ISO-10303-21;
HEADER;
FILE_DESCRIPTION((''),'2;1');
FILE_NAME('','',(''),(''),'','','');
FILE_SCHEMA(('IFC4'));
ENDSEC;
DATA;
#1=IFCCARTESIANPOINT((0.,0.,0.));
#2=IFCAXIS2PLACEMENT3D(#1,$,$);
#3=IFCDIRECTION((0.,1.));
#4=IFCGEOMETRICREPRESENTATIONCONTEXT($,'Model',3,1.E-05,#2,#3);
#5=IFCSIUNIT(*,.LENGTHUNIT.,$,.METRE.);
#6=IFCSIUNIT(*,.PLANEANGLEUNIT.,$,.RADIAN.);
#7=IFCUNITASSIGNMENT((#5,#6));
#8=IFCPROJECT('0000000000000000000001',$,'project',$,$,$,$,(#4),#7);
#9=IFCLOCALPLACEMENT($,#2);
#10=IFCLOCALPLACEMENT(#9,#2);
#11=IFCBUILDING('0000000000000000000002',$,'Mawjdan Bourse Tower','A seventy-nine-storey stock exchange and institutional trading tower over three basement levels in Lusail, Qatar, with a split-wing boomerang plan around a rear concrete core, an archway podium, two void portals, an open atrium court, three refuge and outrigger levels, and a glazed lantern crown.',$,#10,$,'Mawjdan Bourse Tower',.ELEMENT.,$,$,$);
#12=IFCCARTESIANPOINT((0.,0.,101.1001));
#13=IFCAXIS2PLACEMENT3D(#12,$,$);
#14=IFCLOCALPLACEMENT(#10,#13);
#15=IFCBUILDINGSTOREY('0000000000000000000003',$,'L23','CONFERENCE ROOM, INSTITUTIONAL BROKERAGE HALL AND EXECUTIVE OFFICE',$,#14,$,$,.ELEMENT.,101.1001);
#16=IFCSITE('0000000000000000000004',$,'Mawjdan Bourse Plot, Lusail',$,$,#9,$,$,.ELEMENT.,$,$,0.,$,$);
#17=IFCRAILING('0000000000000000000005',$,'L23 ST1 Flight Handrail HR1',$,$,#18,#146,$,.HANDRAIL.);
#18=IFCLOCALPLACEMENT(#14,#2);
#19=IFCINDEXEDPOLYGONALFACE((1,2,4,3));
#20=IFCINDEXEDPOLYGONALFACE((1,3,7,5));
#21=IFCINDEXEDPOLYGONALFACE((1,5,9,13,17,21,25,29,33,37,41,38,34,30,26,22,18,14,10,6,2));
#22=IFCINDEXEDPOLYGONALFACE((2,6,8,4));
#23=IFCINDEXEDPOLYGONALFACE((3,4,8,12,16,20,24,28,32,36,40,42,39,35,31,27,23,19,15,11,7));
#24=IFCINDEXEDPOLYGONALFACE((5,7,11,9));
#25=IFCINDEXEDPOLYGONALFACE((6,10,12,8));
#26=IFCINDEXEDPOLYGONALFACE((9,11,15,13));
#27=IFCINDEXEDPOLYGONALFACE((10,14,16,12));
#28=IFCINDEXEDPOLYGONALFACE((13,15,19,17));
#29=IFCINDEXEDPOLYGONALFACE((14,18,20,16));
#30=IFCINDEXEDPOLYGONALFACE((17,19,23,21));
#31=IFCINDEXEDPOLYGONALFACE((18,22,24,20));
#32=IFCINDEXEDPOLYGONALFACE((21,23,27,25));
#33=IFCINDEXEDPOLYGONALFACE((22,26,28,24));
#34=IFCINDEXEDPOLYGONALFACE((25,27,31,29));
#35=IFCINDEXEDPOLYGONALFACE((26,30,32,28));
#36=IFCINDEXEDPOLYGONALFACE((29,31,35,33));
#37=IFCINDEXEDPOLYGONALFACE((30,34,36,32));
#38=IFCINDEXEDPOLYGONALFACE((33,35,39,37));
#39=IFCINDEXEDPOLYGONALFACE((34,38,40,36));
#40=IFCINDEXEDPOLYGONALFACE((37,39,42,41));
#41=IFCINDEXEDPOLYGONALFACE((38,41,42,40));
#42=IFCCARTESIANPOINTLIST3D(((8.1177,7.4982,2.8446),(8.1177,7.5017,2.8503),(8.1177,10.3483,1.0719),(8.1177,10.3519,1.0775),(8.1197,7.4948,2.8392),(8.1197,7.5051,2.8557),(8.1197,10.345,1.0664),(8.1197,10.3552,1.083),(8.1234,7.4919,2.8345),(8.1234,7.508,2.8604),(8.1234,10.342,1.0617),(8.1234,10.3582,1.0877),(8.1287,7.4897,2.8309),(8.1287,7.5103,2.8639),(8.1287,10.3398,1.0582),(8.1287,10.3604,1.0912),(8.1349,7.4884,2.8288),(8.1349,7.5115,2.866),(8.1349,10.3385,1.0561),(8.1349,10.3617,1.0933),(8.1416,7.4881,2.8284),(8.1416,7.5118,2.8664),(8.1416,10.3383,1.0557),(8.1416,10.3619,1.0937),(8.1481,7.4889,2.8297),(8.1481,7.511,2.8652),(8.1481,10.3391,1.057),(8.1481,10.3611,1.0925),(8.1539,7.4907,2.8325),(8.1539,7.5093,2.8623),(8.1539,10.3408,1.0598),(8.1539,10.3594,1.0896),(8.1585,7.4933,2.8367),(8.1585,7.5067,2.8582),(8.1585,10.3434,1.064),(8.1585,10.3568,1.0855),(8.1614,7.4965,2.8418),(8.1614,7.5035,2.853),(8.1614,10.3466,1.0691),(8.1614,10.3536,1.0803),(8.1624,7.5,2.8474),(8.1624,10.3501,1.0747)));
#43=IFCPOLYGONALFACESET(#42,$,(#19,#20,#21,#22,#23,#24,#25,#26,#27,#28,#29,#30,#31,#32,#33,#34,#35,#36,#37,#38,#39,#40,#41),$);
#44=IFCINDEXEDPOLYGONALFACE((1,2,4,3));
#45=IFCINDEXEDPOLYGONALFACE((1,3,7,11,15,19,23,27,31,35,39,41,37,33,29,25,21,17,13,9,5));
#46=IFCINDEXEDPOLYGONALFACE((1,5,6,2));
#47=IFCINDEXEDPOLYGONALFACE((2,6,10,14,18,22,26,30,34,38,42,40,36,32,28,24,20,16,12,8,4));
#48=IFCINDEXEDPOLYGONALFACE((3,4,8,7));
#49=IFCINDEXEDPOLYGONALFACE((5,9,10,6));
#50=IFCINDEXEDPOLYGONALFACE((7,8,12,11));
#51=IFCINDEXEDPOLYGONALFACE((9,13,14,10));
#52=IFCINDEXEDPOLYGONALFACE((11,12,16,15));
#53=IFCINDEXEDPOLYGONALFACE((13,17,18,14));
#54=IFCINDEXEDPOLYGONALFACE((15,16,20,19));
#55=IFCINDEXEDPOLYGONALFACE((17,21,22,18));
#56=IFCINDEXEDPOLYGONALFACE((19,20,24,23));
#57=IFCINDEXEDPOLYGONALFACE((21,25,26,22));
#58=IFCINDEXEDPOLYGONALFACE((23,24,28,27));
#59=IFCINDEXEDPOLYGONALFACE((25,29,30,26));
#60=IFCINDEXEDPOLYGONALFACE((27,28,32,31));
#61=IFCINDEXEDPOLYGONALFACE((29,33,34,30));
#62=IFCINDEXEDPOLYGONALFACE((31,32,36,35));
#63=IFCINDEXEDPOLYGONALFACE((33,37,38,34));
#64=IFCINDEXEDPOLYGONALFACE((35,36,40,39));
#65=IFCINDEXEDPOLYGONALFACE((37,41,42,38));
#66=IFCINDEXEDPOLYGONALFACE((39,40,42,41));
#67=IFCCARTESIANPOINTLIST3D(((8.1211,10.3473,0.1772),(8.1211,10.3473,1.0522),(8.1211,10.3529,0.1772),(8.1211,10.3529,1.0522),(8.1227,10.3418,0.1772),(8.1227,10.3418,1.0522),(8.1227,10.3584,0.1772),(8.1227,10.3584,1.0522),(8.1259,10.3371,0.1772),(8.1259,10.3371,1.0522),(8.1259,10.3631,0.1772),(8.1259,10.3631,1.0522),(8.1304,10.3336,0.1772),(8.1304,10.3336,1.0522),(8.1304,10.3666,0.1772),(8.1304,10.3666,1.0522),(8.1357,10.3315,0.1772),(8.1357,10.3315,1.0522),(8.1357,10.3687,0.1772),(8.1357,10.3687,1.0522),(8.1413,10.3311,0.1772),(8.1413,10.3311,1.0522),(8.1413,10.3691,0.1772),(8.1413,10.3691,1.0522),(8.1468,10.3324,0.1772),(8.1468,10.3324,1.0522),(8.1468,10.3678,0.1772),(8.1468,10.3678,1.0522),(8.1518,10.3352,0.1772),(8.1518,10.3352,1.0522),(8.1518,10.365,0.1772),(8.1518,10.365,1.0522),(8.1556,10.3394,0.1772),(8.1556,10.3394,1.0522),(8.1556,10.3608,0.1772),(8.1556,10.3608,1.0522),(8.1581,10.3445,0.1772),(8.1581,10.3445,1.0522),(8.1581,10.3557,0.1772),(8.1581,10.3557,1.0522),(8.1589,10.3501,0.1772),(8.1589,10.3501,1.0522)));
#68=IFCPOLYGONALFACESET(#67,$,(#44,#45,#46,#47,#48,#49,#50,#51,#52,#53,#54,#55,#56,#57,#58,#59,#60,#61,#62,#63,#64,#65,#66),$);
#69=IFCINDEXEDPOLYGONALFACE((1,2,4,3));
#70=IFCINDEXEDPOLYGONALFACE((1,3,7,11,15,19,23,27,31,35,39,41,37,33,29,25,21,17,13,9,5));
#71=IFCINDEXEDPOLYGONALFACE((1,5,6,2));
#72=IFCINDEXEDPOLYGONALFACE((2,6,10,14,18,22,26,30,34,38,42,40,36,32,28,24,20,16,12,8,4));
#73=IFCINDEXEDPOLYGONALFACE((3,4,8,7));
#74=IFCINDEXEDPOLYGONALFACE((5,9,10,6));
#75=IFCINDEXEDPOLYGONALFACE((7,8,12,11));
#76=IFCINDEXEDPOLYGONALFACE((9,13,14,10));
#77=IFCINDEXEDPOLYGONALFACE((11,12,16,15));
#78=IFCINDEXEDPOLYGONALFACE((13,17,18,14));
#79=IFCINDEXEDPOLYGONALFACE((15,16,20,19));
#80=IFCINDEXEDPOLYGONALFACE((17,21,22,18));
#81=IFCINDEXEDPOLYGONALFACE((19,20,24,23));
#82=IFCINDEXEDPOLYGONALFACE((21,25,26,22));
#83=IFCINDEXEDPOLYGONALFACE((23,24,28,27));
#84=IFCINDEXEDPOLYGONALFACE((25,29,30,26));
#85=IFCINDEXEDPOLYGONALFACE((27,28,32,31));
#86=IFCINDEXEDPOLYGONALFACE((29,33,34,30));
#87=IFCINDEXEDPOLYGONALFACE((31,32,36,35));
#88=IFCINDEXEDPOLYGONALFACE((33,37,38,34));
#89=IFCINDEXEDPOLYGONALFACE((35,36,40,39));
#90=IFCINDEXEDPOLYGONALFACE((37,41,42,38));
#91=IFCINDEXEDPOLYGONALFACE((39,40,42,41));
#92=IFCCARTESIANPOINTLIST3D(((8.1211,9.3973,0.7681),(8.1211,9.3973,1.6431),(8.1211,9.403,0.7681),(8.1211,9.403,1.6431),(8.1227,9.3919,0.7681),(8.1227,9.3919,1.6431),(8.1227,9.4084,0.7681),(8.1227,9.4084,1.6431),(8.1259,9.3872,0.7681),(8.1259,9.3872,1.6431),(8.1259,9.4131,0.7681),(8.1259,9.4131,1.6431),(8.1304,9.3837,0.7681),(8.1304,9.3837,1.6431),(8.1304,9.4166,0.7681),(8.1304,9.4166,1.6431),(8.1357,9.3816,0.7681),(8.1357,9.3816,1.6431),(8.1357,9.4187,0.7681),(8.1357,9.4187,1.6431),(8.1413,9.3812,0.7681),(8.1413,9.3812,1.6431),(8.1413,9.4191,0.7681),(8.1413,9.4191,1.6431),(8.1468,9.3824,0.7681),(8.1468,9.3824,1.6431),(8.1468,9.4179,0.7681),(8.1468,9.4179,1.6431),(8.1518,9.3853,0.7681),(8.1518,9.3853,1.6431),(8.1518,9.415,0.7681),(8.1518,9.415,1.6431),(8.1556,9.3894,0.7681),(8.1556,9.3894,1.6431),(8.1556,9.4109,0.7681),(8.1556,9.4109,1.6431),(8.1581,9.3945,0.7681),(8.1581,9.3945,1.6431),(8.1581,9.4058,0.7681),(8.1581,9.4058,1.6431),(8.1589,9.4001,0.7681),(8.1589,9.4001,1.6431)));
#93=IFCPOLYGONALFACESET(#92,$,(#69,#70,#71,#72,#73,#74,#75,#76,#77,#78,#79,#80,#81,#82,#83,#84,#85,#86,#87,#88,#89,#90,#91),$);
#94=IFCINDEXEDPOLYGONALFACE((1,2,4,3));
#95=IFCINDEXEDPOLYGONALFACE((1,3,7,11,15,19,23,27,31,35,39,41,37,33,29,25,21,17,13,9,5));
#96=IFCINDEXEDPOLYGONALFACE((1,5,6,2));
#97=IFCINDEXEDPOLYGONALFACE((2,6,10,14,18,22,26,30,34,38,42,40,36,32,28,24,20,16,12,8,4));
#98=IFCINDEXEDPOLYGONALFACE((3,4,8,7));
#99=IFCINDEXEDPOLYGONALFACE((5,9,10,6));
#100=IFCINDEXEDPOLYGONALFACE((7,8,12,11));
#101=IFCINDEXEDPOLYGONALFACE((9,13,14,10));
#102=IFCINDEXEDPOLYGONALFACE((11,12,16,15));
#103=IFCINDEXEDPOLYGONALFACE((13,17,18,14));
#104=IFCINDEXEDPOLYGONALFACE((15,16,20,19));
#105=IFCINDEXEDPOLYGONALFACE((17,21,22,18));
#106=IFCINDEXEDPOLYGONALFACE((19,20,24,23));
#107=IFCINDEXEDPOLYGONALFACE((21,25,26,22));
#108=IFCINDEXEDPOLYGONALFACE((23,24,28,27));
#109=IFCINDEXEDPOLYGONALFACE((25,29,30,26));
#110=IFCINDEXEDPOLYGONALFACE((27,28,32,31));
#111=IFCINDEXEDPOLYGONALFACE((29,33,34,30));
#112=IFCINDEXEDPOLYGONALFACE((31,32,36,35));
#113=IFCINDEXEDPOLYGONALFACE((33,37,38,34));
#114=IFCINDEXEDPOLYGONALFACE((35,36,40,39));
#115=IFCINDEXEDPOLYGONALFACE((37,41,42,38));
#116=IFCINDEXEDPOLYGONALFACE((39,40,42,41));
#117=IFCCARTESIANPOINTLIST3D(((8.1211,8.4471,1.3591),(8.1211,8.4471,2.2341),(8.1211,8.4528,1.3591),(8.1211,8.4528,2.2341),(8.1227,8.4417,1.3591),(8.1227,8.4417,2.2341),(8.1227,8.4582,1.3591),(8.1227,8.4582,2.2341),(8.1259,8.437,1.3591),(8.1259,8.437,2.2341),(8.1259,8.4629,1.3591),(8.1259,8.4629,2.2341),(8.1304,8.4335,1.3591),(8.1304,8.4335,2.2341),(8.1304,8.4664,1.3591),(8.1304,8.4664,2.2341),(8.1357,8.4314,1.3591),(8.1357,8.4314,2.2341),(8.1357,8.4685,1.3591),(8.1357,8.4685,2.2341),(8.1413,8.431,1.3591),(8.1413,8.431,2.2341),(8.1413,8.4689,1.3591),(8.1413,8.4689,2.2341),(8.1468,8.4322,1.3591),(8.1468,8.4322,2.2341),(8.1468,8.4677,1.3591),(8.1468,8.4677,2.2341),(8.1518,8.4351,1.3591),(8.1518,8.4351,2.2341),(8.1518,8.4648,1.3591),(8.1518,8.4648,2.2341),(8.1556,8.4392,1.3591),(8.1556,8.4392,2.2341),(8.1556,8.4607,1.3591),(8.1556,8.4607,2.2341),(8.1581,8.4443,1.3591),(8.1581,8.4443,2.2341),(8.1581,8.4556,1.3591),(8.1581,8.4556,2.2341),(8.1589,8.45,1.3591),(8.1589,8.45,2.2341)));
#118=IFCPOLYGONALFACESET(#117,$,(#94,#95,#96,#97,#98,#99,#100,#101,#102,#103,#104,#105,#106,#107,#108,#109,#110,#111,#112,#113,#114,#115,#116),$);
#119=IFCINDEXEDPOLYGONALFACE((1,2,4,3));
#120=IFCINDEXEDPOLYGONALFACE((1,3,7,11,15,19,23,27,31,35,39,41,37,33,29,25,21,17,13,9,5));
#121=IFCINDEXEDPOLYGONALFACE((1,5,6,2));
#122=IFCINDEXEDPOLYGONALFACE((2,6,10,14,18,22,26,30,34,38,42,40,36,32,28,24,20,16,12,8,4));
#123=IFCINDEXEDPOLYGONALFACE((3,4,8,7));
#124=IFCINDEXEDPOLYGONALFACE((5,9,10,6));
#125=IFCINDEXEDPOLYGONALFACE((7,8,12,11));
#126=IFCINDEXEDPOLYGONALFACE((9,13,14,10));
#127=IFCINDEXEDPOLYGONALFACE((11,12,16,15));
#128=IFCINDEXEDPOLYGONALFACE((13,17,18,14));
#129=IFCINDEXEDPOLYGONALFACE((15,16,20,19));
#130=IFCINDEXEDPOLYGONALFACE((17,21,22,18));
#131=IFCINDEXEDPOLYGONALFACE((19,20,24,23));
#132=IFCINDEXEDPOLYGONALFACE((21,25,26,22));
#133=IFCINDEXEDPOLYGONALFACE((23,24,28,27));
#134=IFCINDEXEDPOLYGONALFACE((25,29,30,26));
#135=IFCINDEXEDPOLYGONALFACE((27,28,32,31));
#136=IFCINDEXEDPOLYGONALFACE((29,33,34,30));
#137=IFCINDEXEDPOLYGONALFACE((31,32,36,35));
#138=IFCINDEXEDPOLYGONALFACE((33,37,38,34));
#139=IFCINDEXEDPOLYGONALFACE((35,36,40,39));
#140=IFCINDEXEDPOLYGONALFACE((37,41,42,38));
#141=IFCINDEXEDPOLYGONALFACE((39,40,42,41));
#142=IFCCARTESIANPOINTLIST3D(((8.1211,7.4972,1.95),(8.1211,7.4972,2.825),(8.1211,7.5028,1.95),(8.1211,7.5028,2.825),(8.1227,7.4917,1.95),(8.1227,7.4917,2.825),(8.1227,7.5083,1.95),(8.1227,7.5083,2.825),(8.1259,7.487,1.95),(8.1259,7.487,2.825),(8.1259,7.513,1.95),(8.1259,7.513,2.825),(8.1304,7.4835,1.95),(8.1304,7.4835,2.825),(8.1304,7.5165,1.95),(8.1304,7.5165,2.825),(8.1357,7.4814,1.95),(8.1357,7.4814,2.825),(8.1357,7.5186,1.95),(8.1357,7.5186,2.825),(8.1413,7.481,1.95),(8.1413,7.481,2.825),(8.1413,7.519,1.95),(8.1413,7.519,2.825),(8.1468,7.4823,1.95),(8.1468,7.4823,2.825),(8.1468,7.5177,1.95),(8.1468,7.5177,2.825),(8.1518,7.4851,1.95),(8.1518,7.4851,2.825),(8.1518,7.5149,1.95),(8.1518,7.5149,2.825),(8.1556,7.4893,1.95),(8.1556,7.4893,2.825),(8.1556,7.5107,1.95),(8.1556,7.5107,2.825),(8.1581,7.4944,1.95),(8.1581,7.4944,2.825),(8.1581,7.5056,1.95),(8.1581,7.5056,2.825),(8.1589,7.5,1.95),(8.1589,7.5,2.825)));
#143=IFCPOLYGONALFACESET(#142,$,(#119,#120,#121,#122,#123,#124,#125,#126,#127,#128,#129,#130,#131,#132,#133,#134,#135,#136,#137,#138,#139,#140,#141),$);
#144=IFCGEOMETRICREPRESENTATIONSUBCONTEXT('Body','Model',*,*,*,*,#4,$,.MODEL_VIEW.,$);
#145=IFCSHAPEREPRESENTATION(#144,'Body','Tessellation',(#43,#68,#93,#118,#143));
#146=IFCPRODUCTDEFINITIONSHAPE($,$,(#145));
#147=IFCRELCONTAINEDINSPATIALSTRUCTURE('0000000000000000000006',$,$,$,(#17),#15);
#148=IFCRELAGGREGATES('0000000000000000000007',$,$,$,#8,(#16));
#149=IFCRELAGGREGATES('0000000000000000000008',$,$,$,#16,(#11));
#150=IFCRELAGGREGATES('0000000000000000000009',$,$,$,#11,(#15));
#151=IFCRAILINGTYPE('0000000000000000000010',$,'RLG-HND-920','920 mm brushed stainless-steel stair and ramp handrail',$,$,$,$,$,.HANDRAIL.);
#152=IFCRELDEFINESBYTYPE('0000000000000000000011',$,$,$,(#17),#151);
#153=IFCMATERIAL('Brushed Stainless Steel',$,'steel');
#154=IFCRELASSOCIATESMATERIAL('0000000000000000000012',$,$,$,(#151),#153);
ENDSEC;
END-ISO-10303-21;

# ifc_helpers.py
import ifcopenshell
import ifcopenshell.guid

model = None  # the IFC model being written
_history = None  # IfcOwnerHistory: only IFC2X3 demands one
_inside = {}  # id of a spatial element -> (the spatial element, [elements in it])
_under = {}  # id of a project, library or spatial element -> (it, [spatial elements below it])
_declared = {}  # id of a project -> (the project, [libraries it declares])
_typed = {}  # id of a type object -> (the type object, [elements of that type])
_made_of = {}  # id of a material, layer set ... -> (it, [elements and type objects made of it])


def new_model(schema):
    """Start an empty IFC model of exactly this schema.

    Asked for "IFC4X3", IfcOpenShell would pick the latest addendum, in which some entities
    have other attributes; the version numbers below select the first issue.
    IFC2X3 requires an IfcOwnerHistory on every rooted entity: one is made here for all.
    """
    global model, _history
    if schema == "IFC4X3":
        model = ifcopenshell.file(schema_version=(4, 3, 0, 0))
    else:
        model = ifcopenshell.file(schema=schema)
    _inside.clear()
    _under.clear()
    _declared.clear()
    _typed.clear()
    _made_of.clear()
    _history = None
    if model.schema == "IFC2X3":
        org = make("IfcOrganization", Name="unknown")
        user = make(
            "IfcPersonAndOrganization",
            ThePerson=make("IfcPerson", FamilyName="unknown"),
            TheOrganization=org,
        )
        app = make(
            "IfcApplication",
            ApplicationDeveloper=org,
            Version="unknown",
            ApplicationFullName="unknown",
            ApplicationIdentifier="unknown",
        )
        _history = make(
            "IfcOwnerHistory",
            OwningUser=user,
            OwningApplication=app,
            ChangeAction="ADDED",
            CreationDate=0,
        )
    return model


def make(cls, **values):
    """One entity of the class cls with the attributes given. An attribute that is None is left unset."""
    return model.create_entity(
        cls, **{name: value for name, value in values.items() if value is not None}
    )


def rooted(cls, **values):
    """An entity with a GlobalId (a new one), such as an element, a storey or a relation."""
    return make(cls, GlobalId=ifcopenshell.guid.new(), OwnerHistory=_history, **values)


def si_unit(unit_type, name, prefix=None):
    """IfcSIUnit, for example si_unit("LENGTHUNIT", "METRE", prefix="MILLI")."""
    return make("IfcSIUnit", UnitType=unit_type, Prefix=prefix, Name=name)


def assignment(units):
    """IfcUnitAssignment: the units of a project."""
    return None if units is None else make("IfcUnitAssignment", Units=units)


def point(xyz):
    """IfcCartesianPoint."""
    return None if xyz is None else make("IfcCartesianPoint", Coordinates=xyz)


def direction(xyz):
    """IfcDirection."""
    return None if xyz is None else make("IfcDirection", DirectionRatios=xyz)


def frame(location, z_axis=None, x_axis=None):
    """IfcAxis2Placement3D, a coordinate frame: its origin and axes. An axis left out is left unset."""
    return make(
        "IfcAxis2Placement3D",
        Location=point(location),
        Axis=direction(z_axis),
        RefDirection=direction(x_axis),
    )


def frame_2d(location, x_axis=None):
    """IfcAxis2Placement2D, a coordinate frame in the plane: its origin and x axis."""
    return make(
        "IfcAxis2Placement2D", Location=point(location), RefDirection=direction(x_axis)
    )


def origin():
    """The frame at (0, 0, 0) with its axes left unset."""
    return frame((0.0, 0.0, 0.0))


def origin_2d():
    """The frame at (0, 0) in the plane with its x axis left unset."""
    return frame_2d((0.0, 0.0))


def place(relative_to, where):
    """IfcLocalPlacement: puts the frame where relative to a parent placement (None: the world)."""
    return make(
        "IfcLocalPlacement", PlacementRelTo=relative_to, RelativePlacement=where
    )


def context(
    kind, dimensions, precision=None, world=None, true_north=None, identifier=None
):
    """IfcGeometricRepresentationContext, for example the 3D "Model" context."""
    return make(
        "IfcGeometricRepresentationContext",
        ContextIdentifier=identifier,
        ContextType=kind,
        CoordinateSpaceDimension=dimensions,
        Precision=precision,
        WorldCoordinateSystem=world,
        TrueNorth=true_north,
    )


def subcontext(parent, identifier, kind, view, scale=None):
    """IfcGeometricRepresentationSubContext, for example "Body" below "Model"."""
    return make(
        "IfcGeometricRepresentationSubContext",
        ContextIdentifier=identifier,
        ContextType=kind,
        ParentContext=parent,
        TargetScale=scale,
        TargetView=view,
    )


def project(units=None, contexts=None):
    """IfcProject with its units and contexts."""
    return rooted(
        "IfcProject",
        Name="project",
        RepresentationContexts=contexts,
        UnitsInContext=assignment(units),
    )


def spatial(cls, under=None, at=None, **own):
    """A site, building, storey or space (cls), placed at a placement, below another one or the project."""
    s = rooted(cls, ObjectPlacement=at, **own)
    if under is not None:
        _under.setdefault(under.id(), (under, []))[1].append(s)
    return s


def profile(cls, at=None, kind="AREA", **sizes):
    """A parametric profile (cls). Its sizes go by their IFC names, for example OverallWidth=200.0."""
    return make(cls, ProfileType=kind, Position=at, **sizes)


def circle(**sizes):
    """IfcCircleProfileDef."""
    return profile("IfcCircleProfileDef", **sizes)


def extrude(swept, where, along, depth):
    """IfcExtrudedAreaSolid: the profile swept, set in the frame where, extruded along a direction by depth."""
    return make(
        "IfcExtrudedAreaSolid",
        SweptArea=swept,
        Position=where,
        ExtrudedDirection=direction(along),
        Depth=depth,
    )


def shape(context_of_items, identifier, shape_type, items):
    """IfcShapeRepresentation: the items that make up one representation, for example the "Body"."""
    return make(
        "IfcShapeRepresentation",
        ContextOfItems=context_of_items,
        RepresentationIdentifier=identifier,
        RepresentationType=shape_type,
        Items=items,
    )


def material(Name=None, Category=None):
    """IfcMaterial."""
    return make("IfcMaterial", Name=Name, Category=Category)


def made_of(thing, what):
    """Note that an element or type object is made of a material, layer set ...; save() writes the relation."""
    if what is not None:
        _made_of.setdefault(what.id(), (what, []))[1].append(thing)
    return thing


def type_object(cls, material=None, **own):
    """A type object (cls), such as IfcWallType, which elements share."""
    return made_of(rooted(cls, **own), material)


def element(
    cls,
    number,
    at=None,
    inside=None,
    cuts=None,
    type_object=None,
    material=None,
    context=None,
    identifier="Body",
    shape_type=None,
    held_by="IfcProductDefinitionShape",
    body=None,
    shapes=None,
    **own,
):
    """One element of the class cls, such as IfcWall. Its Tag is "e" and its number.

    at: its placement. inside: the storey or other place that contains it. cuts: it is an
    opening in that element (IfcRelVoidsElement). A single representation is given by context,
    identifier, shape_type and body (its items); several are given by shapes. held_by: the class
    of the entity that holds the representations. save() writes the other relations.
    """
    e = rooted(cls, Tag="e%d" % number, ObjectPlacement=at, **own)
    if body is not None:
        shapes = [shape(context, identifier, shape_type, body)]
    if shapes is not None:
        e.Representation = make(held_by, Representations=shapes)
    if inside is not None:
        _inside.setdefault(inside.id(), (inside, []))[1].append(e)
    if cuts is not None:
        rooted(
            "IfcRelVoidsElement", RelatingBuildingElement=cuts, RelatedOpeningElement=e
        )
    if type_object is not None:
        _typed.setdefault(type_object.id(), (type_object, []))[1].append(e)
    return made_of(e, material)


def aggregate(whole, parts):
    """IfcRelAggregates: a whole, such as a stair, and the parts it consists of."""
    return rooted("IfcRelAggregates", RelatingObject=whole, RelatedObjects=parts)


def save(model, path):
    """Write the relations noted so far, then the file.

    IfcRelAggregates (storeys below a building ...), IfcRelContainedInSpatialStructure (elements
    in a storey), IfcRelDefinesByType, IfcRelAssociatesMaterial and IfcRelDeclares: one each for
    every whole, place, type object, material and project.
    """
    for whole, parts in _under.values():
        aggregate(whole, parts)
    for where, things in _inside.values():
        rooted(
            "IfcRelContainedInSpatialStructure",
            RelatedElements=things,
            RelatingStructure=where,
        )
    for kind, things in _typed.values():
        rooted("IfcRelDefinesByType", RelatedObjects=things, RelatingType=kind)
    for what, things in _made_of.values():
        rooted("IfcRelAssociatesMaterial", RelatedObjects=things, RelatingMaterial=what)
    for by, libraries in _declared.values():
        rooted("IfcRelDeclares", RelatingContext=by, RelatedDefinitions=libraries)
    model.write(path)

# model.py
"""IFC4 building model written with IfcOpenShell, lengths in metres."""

from ifc_helpers import new_model, si_unit, direction, frame, origin, origin_2d, place, context, subcontext, project, spatial, circle, extrude, material, type_object, element, save


model = new_model("IFC4")

# Units and contexts
model_context = context("Model", 3, precision=1e-05, world=origin(), true_north=direction((0.0, 1.0)))
body_context = subcontext(model_context, "Body", "Model", "MODEL_VIEW")
ifc_project = project(units=[si_unit("LENGTHUNIT", "METRE"), si_unit("PLANEANGLEUNIT", "RADIAN")], contexts=[model_context])

# Site, building, storey
site_placement = place(None, origin())
site = spatial("IfcSite", under=ifc_project, at=site_placement, Name="Mawjdan Bourse Plot, Lusail", CompositionType="ELEMENT", RefElevation=0.0)
building_placement = place(site_placement, origin())
building = spatial("IfcBuilding", under=site, at=building_placement, Name="Mawjdan Bourse Tower", Description="A seventy-nine-storey stock exchange and institutional trading tower over three basement levels in Lusail, Qatar, with a split-wing boomerang plan around a rear concrete core, an archway podium, two void portals, an open atrium court, three refuge and outrigger levels, and a glazed lantern crown.", LongName="Mawjdan Bourse Tower", CompositionType="ELEMENT")
storey_placement = place(building_placement, frame((0.0, 0.0, 101.1001)))
storey = spatial("IfcBuildingStorey", under=building, at=storey_placement, Name="L23", Description="CONFERENCE ROOM, INSTITUTIONAL BROKERAGE HALL AND EXECUTIVE OFFICE", CompositionType="ELEMENT", Elevation=101.1001)

# Railing
ifc_material_1 = material(Name="Brushed Stainless Steel", Category="steel")
railing_type_1 = type_object("IfcRailingType", Name="RLG-HND-920", Description="920 mm brushed stainless-steel stair and ramp handrail", PredefinedType="HANDRAIL", material=ifc_material_1)
railing_1_placement = place(storey_placement, frame((8.1399, 10.3501, 0.1772)))
element("IfcRailing", 1, at=railing_1_placement, inside=storey, type_object=railing_type_1, Name="L23 ST1 Flight Handrail HR1", PredefinedType="HANDRAIL", context=body_context, shape_type="SweptSolid", body=[
    extrude(circle(Radius=0.0225, at=origin_2d()), frame((0.0, 0.0, 0.8975), z_axis=(0.0, -0.849149, 0.528154), x_axis=(1.0, 0.0, 0.0)), (0.0, 0.0, 1.0), 3.3564),
    extrude(circle(Radius=0.019, at=origin_2d()), origin(), (0.0, 0.0, 1.0), 0.875),
    extrude(circle(Radius=0.019, at=origin_2d()), frame((0.0, -0.95, 0.5908)), (0.0, 0.0, 1.0), 0.875),
    extrude(circle(Radius=0.019, at=origin_2d()), frame((0.0, -1.9001, 1.1819)), (0.0, 0.0, 1.0), 0.875),
    extrude(circle(Radius=0.019, at=origin_2d()), frame((0.0, -2.8501, 1.7727)), (0.0, 0.0, 1.0), 0.875),
])

save(model, "model.ifc")
